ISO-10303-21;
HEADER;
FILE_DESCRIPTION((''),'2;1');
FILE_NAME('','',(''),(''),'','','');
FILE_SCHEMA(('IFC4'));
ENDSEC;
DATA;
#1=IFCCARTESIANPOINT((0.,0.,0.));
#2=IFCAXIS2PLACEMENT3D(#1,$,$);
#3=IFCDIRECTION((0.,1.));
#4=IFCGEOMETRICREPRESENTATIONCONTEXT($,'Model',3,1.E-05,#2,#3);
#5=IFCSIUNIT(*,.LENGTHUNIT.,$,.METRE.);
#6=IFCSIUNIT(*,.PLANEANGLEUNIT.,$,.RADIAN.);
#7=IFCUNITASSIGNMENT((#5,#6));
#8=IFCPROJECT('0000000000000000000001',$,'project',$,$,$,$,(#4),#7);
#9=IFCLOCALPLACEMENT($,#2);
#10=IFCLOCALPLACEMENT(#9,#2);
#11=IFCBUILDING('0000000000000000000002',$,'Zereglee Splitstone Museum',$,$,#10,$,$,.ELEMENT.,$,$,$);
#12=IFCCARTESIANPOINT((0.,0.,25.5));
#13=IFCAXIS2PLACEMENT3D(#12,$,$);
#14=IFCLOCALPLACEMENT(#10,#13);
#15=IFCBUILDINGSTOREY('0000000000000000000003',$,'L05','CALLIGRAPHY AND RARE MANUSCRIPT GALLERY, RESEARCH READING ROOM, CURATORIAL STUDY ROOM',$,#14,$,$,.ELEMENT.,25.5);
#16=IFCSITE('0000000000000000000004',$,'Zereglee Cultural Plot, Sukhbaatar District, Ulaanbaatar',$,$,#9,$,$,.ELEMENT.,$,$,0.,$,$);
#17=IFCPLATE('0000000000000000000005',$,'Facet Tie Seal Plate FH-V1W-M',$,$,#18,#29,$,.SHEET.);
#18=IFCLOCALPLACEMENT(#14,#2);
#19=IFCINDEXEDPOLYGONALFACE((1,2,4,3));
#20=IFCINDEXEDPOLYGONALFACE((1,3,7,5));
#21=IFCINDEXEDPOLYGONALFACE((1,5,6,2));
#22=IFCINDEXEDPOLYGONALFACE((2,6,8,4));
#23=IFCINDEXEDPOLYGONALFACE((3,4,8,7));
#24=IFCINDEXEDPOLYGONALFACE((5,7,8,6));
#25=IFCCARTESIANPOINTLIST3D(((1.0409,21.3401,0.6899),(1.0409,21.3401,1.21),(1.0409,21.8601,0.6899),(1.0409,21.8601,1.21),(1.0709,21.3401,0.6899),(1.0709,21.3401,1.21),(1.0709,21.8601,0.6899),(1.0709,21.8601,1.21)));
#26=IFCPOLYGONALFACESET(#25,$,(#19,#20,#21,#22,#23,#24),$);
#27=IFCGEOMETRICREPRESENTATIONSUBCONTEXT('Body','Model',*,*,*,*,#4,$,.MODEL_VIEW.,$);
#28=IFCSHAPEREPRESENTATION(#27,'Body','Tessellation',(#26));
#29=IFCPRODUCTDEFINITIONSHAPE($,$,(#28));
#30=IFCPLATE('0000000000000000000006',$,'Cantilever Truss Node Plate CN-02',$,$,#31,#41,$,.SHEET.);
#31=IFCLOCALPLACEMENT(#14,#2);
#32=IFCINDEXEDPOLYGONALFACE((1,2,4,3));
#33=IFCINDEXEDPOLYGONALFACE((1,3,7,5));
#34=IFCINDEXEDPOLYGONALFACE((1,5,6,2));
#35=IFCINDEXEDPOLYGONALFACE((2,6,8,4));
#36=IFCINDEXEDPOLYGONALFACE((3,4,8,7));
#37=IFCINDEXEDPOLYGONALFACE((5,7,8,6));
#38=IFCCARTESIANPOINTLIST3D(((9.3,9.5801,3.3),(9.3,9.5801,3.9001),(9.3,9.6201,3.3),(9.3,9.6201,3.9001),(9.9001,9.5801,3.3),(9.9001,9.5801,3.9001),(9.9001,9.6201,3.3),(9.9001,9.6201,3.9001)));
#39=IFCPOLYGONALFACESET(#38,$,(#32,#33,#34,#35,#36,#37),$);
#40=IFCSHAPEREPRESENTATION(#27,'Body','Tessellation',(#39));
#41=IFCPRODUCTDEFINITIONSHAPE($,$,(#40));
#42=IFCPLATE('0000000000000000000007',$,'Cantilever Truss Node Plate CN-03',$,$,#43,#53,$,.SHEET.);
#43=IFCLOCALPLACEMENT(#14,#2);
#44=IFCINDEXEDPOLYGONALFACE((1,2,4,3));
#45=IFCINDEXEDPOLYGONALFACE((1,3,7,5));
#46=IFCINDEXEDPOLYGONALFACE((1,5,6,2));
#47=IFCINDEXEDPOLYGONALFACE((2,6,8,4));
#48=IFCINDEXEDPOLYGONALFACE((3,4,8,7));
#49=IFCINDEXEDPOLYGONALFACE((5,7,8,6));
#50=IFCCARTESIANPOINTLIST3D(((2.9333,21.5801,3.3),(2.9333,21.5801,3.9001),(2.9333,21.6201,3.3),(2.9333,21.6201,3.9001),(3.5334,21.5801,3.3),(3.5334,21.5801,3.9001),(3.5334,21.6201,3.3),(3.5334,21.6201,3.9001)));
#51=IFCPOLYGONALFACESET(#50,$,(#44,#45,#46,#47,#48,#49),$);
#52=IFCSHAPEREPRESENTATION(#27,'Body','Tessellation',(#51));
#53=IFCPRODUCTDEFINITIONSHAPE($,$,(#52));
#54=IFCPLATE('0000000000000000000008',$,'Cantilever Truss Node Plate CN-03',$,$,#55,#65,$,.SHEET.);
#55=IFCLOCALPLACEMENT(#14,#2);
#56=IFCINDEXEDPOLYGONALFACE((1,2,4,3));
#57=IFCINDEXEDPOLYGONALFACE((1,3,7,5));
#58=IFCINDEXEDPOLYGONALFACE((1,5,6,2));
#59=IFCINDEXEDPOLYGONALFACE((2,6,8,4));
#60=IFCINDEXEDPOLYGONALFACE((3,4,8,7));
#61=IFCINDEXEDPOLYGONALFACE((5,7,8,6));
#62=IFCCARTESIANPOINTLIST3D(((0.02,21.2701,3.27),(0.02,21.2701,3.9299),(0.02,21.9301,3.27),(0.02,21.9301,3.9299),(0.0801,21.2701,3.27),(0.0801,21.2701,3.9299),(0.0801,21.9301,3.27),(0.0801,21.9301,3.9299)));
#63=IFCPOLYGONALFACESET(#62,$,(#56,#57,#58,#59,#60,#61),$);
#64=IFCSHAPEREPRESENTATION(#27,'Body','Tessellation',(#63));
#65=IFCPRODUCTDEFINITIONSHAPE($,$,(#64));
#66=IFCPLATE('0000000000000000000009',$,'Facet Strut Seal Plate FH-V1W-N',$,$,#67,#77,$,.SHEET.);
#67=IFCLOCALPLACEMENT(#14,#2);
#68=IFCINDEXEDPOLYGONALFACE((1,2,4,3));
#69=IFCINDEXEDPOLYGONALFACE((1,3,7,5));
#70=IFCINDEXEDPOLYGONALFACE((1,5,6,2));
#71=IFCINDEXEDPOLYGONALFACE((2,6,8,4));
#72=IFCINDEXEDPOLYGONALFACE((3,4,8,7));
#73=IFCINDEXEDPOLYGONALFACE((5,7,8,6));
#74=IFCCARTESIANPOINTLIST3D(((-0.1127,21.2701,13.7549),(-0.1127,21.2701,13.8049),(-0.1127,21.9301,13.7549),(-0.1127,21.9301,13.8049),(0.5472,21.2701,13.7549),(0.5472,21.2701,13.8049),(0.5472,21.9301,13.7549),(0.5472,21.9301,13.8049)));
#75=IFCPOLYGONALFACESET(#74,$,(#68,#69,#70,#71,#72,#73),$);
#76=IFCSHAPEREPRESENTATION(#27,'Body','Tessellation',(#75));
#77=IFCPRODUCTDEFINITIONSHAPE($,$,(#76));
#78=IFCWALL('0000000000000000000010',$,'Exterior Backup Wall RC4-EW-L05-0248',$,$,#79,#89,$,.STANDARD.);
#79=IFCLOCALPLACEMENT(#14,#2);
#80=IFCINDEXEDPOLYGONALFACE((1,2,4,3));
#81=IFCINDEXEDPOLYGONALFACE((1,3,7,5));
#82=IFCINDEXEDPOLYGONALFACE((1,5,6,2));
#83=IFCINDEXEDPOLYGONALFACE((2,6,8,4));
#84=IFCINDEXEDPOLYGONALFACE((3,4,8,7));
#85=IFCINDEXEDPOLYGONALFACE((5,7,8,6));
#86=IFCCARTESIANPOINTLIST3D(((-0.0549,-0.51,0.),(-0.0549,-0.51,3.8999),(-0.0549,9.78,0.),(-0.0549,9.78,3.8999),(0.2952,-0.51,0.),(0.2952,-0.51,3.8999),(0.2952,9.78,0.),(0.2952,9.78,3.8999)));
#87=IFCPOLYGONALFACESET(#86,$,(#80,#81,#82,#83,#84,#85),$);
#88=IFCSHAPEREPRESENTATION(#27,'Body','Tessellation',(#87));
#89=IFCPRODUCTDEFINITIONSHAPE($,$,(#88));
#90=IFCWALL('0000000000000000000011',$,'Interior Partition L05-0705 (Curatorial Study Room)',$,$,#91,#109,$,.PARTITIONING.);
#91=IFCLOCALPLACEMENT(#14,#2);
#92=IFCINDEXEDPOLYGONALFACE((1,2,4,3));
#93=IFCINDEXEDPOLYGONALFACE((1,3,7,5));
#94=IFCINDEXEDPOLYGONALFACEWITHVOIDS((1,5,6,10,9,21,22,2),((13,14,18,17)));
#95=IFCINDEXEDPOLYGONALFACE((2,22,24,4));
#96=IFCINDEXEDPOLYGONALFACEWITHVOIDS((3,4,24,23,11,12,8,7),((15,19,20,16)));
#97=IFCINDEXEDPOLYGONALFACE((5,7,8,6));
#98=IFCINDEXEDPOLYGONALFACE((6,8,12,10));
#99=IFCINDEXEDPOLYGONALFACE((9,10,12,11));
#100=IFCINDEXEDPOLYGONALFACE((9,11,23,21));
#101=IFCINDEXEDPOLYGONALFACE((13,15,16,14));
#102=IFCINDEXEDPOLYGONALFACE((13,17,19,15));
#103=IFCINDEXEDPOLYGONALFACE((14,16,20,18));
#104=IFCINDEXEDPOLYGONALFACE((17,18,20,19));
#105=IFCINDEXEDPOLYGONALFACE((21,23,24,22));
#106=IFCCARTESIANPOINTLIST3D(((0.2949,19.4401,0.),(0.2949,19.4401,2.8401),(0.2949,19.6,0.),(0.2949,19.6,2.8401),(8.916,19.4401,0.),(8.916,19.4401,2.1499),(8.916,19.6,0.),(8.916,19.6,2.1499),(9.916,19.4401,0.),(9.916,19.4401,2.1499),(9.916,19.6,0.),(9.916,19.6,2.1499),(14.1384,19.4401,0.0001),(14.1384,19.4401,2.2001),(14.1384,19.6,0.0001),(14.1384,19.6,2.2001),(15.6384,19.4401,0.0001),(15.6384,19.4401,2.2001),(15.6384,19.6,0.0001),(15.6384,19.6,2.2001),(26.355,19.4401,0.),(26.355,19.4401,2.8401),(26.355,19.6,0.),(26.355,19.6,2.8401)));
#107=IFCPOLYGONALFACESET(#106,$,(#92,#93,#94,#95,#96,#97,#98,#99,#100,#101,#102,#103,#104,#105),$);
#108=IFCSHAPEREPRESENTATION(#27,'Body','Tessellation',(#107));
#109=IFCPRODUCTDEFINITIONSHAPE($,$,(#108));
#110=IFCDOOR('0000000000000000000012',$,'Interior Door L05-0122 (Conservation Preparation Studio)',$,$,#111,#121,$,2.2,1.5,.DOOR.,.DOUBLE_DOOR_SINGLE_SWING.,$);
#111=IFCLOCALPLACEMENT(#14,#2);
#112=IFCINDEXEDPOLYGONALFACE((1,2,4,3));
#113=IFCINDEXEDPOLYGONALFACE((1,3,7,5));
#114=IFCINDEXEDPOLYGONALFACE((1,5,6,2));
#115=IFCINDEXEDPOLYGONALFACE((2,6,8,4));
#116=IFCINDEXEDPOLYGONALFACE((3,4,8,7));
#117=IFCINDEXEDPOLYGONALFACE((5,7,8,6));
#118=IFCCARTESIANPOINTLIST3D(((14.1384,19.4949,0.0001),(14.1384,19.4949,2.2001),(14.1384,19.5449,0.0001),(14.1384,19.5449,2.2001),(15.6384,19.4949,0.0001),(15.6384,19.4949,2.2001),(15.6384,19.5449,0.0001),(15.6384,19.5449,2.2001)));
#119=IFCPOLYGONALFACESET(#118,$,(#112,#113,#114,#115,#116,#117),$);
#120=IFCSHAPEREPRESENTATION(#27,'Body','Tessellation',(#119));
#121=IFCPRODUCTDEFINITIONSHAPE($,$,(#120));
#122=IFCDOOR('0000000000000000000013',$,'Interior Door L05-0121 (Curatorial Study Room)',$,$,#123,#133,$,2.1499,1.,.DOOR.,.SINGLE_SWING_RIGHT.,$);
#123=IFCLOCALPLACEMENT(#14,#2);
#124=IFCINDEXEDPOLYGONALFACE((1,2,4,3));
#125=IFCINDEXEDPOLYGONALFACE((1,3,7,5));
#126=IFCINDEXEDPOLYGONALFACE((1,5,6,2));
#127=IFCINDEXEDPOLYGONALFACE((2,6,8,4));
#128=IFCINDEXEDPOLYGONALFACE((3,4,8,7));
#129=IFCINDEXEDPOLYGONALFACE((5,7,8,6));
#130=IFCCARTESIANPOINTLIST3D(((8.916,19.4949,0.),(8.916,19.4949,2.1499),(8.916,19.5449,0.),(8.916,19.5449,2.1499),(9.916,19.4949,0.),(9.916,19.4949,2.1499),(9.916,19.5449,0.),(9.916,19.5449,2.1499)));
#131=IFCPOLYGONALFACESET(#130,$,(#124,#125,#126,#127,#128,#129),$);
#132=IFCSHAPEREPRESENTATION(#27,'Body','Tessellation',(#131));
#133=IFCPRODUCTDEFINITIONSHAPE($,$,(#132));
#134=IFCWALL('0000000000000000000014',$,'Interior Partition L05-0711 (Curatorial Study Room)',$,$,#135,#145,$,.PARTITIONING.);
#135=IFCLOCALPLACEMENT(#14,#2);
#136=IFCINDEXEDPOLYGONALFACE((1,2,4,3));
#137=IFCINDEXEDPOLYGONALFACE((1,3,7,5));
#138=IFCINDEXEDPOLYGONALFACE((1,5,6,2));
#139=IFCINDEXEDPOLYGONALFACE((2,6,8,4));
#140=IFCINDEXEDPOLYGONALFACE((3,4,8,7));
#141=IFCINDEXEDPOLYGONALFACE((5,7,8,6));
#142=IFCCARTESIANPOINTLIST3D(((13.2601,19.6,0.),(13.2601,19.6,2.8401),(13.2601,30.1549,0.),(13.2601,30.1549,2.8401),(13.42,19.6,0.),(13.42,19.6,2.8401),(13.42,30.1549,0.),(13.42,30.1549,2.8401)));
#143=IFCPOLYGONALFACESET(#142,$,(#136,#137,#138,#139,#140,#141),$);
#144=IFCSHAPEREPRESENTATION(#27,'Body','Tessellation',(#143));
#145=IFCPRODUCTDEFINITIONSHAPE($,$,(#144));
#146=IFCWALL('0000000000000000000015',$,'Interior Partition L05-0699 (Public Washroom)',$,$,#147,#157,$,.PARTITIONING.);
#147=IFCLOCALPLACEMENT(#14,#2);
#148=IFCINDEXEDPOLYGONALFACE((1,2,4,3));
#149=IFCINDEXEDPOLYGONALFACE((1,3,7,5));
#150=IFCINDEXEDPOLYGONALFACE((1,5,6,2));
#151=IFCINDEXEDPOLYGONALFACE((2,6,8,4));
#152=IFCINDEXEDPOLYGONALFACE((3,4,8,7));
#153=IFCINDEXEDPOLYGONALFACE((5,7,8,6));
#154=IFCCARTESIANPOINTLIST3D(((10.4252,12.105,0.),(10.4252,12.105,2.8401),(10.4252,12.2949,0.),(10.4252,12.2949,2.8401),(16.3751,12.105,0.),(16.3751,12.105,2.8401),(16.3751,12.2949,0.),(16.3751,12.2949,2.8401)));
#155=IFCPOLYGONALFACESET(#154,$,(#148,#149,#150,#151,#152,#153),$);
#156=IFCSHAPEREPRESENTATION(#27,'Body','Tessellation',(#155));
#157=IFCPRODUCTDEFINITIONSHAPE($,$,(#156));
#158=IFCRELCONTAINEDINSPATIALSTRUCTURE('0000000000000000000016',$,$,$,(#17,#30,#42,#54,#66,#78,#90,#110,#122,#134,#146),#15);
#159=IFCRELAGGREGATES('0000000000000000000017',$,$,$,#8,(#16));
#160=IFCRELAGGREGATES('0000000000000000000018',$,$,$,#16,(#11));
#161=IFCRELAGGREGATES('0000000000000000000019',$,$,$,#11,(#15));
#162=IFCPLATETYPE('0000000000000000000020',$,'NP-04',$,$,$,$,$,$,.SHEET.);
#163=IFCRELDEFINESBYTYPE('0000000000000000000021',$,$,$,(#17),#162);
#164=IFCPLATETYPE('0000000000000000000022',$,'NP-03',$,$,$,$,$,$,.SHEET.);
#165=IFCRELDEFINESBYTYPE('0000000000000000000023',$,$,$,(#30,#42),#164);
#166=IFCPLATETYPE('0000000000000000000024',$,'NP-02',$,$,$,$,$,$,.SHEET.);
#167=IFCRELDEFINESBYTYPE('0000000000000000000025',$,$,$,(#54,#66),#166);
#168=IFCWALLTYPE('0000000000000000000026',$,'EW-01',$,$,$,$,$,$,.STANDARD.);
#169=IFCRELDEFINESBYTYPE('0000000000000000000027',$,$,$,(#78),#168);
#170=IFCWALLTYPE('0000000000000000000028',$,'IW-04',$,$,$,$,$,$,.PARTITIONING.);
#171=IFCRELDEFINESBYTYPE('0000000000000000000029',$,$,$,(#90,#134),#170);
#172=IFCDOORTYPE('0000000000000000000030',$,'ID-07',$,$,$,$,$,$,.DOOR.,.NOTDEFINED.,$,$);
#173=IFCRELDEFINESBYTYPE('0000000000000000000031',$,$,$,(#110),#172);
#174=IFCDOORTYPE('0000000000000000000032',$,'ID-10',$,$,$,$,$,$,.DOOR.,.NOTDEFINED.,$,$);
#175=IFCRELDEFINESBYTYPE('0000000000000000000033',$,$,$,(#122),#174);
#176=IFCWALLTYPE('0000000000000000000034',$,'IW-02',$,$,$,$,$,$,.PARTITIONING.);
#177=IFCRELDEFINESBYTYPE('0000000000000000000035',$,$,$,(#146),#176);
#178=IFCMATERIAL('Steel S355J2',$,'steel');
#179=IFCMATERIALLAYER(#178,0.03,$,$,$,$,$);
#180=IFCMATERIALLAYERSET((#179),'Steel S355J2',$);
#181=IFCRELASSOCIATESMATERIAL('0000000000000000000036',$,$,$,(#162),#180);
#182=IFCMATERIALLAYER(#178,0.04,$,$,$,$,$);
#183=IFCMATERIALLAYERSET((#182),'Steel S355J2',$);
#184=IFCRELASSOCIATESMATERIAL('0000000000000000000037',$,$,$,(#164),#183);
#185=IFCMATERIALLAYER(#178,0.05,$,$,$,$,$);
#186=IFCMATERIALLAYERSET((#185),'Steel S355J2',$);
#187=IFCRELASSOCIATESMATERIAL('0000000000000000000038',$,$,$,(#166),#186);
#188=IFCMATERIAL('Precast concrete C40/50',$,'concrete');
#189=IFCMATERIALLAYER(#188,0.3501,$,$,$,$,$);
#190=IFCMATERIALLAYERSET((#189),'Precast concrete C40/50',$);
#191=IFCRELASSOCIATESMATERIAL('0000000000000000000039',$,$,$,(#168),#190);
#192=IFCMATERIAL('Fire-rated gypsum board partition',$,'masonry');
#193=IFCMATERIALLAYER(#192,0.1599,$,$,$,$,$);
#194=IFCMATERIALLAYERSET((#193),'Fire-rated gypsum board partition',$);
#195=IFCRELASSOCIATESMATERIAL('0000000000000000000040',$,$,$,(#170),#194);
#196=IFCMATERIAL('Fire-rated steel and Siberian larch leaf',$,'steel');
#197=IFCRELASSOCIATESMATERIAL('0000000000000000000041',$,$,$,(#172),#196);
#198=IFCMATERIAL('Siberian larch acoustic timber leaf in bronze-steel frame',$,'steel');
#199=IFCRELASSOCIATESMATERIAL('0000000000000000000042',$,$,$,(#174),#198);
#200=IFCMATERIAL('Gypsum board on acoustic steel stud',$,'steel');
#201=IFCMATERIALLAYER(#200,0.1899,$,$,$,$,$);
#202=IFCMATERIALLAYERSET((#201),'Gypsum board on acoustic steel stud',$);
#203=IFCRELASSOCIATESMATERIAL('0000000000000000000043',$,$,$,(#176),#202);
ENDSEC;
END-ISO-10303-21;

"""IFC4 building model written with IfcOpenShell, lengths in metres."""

from ifc_helpers import new_model, si_unit, direction, frame, frame_2d, origin, origin_2d, place, context, subcontext, project, spatial, rectangle, extrude, material, layer, layer_set, type_object, element, fill, save


model = new_model("IFC4")

# Units and contexts
model_context = context("Model", 3, precision=1e-05, world=origin(), true_north=direction((0.0, 1.0)))
body_context = subcontext(model_context, "Body", "Model", "MODEL_VIEW")
ifc_project = project(units=[si_unit("LENGTHUNIT", "METRE"), si_unit("PLANEANGLEUNIT", "RADIAN")], contexts=[model_context])

# Site, building, storey
site_placement = place(None, origin())
site = spatial("IfcSite", under=ifc_project, at=site_placement, Name="Zereglee Cultural Plot, Sukhbaatar District, Ulaanbaatar", CompositionType="ELEMENT", RefElevation=0.0)
building_placement = place(site_placement, origin())
building = spatial("IfcBuilding", under=site, at=building_placement, Name="Zereglee Splitstone Museum", CompositionType="ELEMENT")
storey_placement = place(building_placement, frame((0.0, 0.0, 25.5)))
storey = spatial("IfcBuildingStorey", under=building, at=storey_placement, Name="L05", Description="CALLIGRAPHY AND RARE MANUSCRIPT GALLERY, RESEARCH READING ROOM, CURATORIAL STUDY ROOM", CompositionType="ELEMENT", Elevation=25.5)

# Plates
ifc_material_1 = material(Name="Steel S355J2", Category="steel")
ifc_layer_1 = layer(ifc_material_1, 0.03)
ifc_layer_set_1 = layer_set([ifc_layer_1], Name="Steel S355J2")
plate_type_1 = type_object("IfcPlateType", Name="NP-04", PredefinedType="SHEET", material=ifc_layer_set_1)
for number, where, z_axis, x_axis, name in (
    (1, (1.0559, 21.6001, 0.6899), (0.0, 0.0, 1.0), (1.0, 0.0, 0.0), "Facet Tie Seal Plate FH-V1W-M"),
):
    element("IfcPlate", number, at=place(storey_placement, frame(where, z_axis=z_axis, x_axis=x_axis)), inside=storey, type_object=plate_type_1, Name=name, PredefinedType="SHEET", context=body_context, shape_type="SweptSolid", body=[
        extrude(rectangle(XDim=0.03, YDim=0.52, at=origin_2d()), origin(), (0.0, 0.0, 1.0), 0.52),
    ])
ifc_layer_2 = layer(ifc_material_1, 0.04)
ifc_layer_set_2 = layer_set([ifc_layer_2], Name="Steel S355J2")
plate_type_2 = type_object("IfcPlateType", Name="NP-03", PredefinedType="SHEET", material=ifc_layer_set_2)
for number, where, z_axis, x_axis, name in (
    (2, (9.6001, 9.6001, 3.3), (0.0, 0.0, 1.0), (1.0, 0.0, 0.0), "Cantilever Truss Node Plate CN-02"),
    (3, (3.2334, 21.6001, 3.3), (0.0, 0.0, 1.0), (1.0, 0.0, 0.0), "Cantilever Truss Node Plate CN-03"),
):
    element("IfcPlate", number, at=place(storey_placement, frame(where, z_axis=z_axis, x_axis=x_axis)), inside=storey, type_object=plate_type_2, Name=name, PredefinedType="SHEET", context=body_context, shape_type="SweptSolid", body=[
        extrude(rectangle(XDim=0.6001, YDim=0.04, at=origin_2d()), origin(), (0.0, 0.0, 1.0), 0.6001),
    ])
ifc_layer_3 = layer(ifc_material_1, 0.05)
ifc_layer_set_3 = layer_set([ifc_layer_3], Name="Steel S355J2")
plate_type_3 = type_object("IfcPlateType", Name="NP-02", PredefinedType="SHEET", material=ifc_layer_set_3)
plate_1_placement = place(storey_placement, frame((0.05, 21.6001, 3.27), z_axis=(0.0, 0.0, 1.0), x_axis=(1.0, 0.0, 0.0)))
element("IfcPlate", 4, at=plate_1_placement, inside=storey, type_object=plate_type_3, Name="Cantilever Truss Node Plate CN-03", PredefinedType="SHEET", context=body_context, shape_type="SweptSolid", body=[
    extrude(rectangle(XDim=0.0601, YDim=0.6599, at=origin_2d()), origin(), (0.0, 0.0, 1.0), 0.6599),
])
plate_2_placement = place(storey_placement, frame((0.2173, 21.6001, 13.7549), z_axis=(0.0, 0.0, 1.0), x_axis=(1.0, 0.0, 0.0)))
element("IfcPlate", 5, at=plate_2_placement, inside=storey, type_object=plate_type_3, Name="Facet Strut Seal Plate FH-V1W-N", PredefinedType="SHEET", context=body_context, shape_type="SweptSolid", body=[
    extrude(rectangle(XDim=0.6599, YDim=0.6599, at=origin_2d()), origin(), (0.0, 0.0, 1.0), 0.05),
])

# Wall
ifc_material_2 = material(Name="Precast concrete C40/50", Category="concrete")
ifc_layer_4 = layer(ifc_material_2, 0.3501)
ifc_layer_set_4 = layer_set([ifc_layer_4], Name="Precast concrete C40/50")
wall_type_1 = type_object("IfcWallType", Name="EW-01", PredefinedType="STANDARD", material=ifc_layer_set_4)
wall_1_placement = place(storey_placement, frame((0.1201, 9.78, 0.0), z_axis=(0.0, 0.0, 1.0), x_axis=(0.0, -1.0, 0.0)))
element("IfcWall", 6, at=wall_1_placement, inside=storey, type_object=wall_type_1, Name="Exterior Backup Wall RC4-EW-L05-0248", PredefinedType="STANDARD", context=body_context, shape_type="SweptSolid", body=[
    extrude(rectangle(XDim=10.29, YDim=0.3501, at=frame_2d((5.145, 0.0))), origin(), (0.0, 0.0, 1.0), 3.8999),
])

# Wall, openings, doors
ifc_material_3 = material(Name="Fire-rated gypsum board partition", Category="masonry")
ifc_layer_5 = layer(ifc_material_3, 0.1599)
ifc_layer_set_5 = layer_set([ifc_layer_5], Name="Fire-rated gypsum board partition")
wall_type_2 = type_object("IfcWallType", Name="IW-04", PredefinedType="PARTITIONING", material=ifc_layer_set_5)
wall_2_placement = place(storey_placement, frame((0.2949, 19.52, 0.0), z_axis=(0.0, 0.0, 1.0), x_axis=(1.0, 0.0, 0.0)))
wall_2 = element("IfcWall", 7, at=wall_2_placement, inside=storey, type_object=wall_type_2, Name="Interior Partition L05-0705 (Curatorial Study Room)", PredefinedType="PARTITIONING", context=body_context, shape_type="SweptSolid", body=[
    extrude(rectangle(XDim=26.0601, YDim=0.1599, at=frame_2d((13.03, 0.0))), origin(), (0.0, 0.0, 1.0), 2.8401),
])
opening_1_placement = place(wall_2_placement, frame((8.6211, 0.0, 0.0)))
opening_1 = element("IfcOpeningElement", 8, at=opening_1_placement, cuts=wall_2, PredefinedType="OPENING", context=body_context, shape_type="SweptSolid", body=[
    extrude(rectangle(XDim=1.0, YDim=2.1499, at=frame_2d((0.5, 1.075))), frame((0.0, 0.0947, 0.0), z_axis=(0.0, -1.0, 0.0), x_axis=(1.0, 0.0, 0.0)), (0.0, 0.0, 1.0), 0.1897),
])
opening_2_placement = place(wall_2_placement, frame((13.8435, 0.0, 0.0)))
opening_2 = element("IfcOpeningElement", 9, at=opening_2_placement, cuts=wall_2, PredefinedType="OPENING", context=body_context, shape_type="SweptSolid", body=[
    extrude(rectangle(XDim=1.5, YDim=2.2, at=frame_2d((0.75, 1.1001))), frame((0.0, 0.0947, 0.0), z_axis=(0.0, -1.0, 0.0), x_axis=(1.0, 0.0, 0.0)), (0.0, 0.0, 1.0), 0.1897),
])
ifc_material_4 = material(Name="Fire-rated steel and Siberian larch leaf", Category="steel")
door_type_1 = type_object("IfcDoorType", Name="ID-07", OperationType="NOTDEFINED", PredefinedType="DOOR", material=ifc_material_4)
door_1_placement = place(opening_2_placement, origin())
door_1 = element("IfcDoor", 10, at=door_1_placement, inside=storey, type_object=door_type_1, Name="Interior Door L05-0122 (Conservation Preparation Studio)", OperationType="DOUBLE_DOOR_SINGLE_SWING", OverallHeight=2.2, OverallWidth=1.5, PredefinedType="DOOR", context=body_context, shape_type="SweptSolid", body=[
    extrude(rectangle(XDim=1.5, YDim=2.2, at=frame_2d((0.75, 1.1001))), frame((0.0, 0.0249, 0.0), z_axis=(0.0, -1.0, 0.0), x_axis=(1.0, 0.0, 0.0)), (0.0, 0.0, 1.0), 0.05),
])
fill(opening_2, door_1)
ifc_material_5 = material(Name="Siberian larch acoustic timber leaf in bronze-steel frame", Category="steel")
door_type_2 = type_object("IfcDoorType", Name="ID-10", OperationType="NOTDEFINED", PredefinedType="DOOR", material=ifc_material_5)
door_2_placement = place(opening_1_placement, origin())
door_2 = element("IfcDoor", 11, at=door_2_placement, inside=storey, type_object=door_type_2, Name="Interior Door L05-0121 (Curatorial Study Room)", OperationType="SINGLE_SWING_RIGHT", OverallHeight=2.1499, OverallWidth=1.0, PredefinedType="DOOR", context=body_context, shape_type="SweptSolid", body=[
    extrude(rectangle(XDim=1.0, YDim=2.1499, at=frame_2d((0.5, 1.075))), frame((0.0, 0.0249, 0.0), z_axis=(0.0, -1.0, 0.0), x_axis=(1.0, 0.0, 0.0)), (0.0, 0.0, 1.0), 0.05),
])
fill(opening_1, door_2)

# Walls
wall_3_placement = place(storey_placement, frame((13.3401, 19.6001, 0.0), z_axis=(0.0, 0.0, 1.0), x_axis=(0.0, 1.0, 0.0)))
element("IfcWall", 12, at=wall_3_placement, inside=storey, type_object=wall_type_2, Name="Interior Partition L05-0711 (Curatorial Study Room)", PredefinedType="PARTITIONING", context=body_context, shape_type="SweptSolid", body=[
    extrude(rectangle(XDim=10.5549, YDim=0.1599, at=frame_2d((5.2773, 0.0))), origin(), (0.0, 0.0, 1.0), 2.8401),
])
ifc_material_6 = material(Name="Gypsum board on acoustic steel stud", Category="steel")
ifc_layer_6 = layer(ifc_material_6, 0.1899)
ifc_layer_set_6 = layer_set([ifc_layer_6], Name="Gypsum board on acoustic steel stud")
wall_type_3 = type_object("IfcWallType", Name="IW-02", PredefinedType="PARTITIONING", material=ifc_layer_set_6)
wall_4_placement = place(storey_placement, frame((10.425, 12.2, 0.0), z_axis=(0.0, 0.0, 1.0), x_axis=(1.0, 0.0, 0.0)))
element("IfcWall", 13, at=wall_4_placement, inside=storey, type_object=wall_type_3, Name="Interior Partition L05-0699 (Public Washroom)", PredefinedType="PARTITIONING", context=body_context, shape_type="SweptSolid", body=[
    extrude(rectangle(XDim=5.95, YDim=0.1899, at=frame_2d((2.9751, 0.0))), origin(), (0.0, 0.0, 1.0), 2.8401),
])

save(model, "model.ifc")
